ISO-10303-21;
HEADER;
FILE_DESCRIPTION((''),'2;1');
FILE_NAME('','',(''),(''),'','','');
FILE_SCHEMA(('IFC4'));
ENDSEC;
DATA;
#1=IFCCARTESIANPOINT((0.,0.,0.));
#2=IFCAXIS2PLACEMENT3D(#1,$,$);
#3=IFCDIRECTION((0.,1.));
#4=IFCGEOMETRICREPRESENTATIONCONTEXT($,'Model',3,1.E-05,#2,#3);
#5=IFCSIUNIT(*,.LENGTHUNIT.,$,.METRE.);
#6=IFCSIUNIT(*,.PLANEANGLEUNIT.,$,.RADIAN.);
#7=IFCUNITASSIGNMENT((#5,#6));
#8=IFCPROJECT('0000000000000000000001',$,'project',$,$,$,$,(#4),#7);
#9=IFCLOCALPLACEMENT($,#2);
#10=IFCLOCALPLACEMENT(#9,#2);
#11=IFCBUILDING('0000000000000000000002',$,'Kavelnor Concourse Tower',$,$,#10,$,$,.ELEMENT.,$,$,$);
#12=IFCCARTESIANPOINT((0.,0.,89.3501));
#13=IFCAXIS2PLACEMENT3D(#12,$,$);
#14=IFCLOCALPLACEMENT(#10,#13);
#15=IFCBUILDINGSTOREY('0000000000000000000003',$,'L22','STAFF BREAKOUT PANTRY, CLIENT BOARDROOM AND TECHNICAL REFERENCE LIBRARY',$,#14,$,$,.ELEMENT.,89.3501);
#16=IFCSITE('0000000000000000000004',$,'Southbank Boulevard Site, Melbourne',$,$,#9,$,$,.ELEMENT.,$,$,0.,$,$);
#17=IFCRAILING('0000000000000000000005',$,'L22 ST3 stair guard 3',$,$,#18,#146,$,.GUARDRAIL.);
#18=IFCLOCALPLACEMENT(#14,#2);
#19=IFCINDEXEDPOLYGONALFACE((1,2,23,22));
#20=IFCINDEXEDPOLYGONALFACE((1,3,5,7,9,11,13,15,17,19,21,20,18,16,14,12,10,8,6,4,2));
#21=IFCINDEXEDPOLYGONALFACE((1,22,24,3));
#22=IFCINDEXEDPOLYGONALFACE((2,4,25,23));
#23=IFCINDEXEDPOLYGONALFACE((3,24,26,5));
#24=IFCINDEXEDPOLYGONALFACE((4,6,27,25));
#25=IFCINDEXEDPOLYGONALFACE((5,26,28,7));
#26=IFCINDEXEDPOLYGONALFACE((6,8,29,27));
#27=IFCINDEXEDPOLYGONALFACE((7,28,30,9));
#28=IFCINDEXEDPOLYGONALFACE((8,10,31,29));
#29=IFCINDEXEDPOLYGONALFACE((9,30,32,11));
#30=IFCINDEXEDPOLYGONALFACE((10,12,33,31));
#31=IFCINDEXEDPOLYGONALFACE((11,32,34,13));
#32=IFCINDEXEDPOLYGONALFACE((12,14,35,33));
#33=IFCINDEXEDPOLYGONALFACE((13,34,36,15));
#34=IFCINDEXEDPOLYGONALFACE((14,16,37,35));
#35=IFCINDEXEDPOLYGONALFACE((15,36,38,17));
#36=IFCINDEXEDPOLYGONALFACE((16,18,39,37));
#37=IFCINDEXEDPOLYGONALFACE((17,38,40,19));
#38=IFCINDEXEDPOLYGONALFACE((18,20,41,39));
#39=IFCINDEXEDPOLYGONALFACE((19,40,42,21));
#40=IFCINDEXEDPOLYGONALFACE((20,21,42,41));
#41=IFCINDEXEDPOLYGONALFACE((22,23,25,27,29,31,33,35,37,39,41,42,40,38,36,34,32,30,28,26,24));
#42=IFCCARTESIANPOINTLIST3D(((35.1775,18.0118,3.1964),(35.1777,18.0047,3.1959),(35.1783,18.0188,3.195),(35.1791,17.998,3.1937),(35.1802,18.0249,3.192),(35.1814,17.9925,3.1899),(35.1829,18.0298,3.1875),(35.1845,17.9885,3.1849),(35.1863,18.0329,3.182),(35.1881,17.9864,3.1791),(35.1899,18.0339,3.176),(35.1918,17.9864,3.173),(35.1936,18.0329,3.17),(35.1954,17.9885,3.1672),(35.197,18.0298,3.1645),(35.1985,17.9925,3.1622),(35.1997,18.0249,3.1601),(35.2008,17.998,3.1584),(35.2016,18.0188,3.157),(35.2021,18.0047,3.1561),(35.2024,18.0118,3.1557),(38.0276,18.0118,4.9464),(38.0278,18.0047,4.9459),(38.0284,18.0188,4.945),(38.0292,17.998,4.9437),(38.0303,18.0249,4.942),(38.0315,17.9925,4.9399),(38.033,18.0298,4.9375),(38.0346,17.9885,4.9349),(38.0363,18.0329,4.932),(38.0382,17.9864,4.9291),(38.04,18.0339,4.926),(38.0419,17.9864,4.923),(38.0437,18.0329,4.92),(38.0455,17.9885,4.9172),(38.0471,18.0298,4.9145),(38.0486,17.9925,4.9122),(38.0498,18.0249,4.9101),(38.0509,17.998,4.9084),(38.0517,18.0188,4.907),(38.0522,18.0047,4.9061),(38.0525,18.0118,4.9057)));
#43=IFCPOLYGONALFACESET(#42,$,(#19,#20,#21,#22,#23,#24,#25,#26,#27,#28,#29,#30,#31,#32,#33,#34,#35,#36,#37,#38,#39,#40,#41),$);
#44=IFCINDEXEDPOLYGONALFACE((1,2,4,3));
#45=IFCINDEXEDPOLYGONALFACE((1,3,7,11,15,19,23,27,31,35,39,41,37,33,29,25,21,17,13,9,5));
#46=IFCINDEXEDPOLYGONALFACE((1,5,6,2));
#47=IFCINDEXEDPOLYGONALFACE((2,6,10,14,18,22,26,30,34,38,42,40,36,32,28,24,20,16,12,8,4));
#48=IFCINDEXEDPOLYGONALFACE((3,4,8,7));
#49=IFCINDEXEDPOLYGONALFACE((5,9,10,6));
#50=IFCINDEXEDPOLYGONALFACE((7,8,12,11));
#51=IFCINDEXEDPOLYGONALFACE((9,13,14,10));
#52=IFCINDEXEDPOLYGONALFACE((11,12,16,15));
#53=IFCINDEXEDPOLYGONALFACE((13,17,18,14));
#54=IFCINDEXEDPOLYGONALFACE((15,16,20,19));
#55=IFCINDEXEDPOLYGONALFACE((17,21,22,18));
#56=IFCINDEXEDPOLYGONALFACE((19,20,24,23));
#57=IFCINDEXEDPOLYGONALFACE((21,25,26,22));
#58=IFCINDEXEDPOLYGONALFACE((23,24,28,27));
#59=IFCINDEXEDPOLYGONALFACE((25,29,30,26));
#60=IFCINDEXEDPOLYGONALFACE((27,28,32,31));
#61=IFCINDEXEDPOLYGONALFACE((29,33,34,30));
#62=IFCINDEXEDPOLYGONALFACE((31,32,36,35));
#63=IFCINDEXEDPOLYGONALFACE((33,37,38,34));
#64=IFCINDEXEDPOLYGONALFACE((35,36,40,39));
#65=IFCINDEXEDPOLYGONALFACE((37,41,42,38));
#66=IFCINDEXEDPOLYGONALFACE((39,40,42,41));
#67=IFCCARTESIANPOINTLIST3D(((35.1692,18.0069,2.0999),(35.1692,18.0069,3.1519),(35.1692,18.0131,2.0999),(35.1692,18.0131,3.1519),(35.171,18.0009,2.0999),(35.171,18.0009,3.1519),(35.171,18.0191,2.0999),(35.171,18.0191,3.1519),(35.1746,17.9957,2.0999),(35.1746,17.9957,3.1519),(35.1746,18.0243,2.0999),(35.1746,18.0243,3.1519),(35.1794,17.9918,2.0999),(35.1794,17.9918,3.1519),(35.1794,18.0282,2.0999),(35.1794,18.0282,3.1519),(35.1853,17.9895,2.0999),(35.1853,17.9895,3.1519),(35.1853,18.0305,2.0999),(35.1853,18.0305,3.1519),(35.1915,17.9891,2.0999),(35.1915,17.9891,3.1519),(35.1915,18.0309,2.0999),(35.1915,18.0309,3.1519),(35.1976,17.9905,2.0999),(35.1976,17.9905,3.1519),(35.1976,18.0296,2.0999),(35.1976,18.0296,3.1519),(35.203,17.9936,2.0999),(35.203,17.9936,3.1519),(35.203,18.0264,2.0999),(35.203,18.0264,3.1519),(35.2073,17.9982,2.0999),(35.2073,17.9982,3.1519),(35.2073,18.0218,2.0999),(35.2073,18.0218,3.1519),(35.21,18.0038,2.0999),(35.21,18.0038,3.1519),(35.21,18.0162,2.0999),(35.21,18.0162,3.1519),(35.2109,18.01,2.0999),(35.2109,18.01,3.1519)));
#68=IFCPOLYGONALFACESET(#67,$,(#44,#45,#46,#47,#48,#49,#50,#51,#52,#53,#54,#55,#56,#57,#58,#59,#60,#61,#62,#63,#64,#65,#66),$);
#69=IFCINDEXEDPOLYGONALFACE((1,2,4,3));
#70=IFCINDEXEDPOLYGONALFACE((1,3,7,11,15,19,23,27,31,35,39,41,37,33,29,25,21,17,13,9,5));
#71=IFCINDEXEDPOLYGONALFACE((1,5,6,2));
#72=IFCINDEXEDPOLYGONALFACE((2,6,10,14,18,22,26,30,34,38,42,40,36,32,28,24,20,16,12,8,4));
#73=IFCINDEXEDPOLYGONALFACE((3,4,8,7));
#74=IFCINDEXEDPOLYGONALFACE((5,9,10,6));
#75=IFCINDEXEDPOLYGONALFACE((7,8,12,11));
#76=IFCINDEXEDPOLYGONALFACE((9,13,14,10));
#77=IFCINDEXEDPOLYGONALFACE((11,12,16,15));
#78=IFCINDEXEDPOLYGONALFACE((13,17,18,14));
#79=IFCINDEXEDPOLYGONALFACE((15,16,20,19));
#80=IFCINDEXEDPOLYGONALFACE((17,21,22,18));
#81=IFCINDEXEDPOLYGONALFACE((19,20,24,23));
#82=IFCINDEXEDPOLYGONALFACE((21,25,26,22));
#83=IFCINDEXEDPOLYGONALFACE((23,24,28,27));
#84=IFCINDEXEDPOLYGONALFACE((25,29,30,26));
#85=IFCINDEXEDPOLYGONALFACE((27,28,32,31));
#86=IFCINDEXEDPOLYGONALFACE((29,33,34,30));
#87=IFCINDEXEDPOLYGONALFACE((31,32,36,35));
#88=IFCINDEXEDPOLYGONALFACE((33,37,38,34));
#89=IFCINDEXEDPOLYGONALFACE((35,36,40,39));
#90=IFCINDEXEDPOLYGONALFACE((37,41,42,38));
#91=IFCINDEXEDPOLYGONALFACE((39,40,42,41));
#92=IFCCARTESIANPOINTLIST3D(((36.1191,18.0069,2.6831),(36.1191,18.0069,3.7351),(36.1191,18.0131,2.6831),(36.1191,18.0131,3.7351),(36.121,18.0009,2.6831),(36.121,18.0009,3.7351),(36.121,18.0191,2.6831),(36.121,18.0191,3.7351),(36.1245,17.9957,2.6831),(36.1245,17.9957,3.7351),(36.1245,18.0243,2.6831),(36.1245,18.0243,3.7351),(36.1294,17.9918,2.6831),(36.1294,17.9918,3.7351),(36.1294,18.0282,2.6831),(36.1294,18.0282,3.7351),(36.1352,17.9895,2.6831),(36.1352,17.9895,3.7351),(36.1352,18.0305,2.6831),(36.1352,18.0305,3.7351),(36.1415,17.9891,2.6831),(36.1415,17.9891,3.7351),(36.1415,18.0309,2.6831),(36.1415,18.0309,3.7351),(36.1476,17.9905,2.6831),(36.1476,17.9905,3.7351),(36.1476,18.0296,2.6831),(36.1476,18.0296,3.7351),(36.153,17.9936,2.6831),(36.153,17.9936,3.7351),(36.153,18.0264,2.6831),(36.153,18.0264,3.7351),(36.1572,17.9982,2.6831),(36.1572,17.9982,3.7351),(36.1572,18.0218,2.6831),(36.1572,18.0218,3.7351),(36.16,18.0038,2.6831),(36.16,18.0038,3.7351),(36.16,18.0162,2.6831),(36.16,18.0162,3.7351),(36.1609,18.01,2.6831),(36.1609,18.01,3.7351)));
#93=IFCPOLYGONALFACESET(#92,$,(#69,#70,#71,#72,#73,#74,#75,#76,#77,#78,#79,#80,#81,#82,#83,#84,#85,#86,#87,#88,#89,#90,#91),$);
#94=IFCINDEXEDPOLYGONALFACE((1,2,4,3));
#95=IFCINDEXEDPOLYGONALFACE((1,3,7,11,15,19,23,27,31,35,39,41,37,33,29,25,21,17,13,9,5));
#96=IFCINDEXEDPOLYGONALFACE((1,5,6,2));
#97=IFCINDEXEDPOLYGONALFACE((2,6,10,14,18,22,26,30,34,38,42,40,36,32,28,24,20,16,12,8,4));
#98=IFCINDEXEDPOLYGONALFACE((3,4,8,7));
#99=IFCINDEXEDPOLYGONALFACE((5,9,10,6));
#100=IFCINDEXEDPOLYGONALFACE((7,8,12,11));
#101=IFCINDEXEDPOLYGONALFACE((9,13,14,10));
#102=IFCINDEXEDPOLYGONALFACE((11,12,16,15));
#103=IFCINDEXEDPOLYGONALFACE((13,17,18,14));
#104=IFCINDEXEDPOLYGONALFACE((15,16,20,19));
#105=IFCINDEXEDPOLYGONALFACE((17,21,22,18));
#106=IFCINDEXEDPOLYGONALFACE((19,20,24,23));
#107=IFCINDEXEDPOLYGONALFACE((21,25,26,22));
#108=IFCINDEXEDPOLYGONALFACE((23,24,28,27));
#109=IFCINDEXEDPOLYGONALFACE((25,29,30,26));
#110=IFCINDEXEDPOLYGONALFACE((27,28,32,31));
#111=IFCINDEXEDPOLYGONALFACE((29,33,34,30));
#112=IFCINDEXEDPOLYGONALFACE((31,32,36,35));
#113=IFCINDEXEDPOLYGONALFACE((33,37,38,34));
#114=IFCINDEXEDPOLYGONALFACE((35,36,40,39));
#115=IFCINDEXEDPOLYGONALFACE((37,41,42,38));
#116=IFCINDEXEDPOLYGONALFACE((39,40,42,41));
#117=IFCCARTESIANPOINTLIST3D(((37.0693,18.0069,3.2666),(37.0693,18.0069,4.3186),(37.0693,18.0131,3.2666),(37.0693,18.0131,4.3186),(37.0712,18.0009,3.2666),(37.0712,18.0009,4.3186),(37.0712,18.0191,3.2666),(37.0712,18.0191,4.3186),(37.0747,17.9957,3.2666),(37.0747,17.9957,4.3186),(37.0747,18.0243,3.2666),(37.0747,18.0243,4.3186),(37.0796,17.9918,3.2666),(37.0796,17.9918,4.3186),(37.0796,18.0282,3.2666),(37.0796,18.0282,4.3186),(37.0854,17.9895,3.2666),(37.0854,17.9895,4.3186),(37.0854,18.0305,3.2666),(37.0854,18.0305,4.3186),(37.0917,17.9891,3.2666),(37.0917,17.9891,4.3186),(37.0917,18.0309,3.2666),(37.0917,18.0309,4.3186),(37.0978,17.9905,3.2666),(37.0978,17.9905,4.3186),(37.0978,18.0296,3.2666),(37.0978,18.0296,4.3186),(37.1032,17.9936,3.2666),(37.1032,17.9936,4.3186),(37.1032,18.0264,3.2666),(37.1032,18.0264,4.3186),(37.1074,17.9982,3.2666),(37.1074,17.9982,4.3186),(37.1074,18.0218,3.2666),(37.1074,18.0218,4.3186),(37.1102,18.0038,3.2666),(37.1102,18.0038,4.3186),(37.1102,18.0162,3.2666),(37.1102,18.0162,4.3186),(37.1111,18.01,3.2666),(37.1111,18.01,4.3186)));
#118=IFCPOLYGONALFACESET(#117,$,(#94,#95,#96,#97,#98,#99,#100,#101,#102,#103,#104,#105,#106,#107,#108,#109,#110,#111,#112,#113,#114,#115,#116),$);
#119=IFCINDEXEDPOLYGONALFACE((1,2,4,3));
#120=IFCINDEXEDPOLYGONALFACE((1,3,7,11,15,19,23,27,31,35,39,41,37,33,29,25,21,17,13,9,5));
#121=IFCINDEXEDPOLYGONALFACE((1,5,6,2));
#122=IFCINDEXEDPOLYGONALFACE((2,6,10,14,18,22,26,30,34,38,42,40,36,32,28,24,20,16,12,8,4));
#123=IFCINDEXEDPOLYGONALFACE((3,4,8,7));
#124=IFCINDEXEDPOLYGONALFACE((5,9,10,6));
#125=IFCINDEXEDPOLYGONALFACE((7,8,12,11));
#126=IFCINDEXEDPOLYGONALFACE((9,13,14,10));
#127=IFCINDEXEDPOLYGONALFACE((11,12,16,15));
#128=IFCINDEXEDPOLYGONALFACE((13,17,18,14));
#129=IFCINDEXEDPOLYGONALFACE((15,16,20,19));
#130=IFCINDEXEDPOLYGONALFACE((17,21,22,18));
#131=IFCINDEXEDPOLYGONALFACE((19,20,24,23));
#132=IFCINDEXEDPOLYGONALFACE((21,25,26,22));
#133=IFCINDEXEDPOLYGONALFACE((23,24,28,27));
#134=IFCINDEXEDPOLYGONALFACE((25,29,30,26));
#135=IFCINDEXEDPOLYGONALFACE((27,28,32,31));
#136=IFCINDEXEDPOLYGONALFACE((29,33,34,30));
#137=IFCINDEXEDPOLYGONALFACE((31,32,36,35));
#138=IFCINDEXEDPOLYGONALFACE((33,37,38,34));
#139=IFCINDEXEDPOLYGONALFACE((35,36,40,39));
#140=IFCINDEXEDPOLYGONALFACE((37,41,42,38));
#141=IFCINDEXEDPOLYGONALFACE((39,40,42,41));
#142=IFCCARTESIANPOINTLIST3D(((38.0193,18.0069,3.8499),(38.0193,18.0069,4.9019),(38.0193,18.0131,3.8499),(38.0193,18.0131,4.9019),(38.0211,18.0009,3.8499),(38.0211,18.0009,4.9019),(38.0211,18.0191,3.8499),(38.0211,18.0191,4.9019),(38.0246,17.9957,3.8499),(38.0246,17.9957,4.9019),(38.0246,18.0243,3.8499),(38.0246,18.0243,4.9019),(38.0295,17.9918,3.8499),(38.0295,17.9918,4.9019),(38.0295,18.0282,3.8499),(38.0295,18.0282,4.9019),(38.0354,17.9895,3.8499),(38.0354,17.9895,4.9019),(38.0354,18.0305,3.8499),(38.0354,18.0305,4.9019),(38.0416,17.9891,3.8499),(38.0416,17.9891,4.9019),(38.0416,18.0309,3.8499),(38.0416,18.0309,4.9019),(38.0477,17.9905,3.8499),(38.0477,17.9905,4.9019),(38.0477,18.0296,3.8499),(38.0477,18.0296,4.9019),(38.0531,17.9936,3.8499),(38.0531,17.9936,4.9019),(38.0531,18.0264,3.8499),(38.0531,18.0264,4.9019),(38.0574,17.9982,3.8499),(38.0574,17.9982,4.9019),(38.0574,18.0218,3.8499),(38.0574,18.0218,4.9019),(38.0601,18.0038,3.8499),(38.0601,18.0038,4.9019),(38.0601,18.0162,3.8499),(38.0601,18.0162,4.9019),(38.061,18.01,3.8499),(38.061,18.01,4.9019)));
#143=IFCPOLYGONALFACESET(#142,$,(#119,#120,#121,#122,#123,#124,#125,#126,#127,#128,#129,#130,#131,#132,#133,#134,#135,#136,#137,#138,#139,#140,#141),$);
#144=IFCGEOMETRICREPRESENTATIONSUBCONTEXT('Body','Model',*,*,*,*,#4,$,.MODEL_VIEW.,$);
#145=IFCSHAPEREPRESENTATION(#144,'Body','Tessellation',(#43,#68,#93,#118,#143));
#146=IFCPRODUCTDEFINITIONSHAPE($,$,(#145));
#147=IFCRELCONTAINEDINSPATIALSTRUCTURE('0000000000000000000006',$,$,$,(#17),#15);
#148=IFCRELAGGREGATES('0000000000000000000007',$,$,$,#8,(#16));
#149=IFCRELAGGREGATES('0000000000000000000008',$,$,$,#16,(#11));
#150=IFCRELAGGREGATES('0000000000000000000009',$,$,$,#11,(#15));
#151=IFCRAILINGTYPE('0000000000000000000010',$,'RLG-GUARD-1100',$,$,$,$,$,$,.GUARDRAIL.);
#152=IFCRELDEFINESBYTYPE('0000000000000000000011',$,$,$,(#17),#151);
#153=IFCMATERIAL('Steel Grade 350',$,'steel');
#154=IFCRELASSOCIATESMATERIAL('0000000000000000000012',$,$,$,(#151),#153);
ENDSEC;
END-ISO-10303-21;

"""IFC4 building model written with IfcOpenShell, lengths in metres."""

from ifc_helpers import new_model, si_unit, direction, frame, origin, origin_2d, place, context, subcontext, project, spatial, circle, extrude, material, type_object, element, save


model = new_model("IFC4")

# Units and contexts
model_context = context("Model", 3, precision=1e-05, world=origin(), true_north=direction((0.0, 1.0)))
body_context = subcontext(model_context, "Body", "Model", "MODEL_VIEW")
ifc_project = project(units=[si_unit("LENGTHUNIT", "METRE"), si_unit("PLANEANGLEUNIT", "RADIAN")], contexts=[model_context])

# Site, building, storey
site_placement = place(None, origin())
site = spatial("IfcSite", under=ifc_project, at=site_placement, Name="Southbank Boulevard Site, Melbourne", CompositionType="ELEMENT", RefElevation=0.0)
building_placement = place(site_placement, origin())
building = spatial("IfcBuilding", under=site, at=building_placement, Name="Kavelnor Concourse Tower", CompositionType="ELEMENT")
storey_placement = place(building_placement, frame((0.0, 0.0, 89.3501)))
storey = spatial("IfcBuildingStorey", under=building, at=storey_placement, Name="L22", Description="STAFF BREAKOUT PANTRY, CLIENT BOARDROOM AND TECHNICAL REFERENCE LIBRARY", CompositionType="ELEMENT", Elevation=89.3501)

# Shared definitions
ifc_material_1 = material(Name="Steel Grade 350", Category="steel")

# Railing
railing_type_1 = type_object("IfcRailingType", Name="RLG-GUARD-1100", PredefinedType="GUARDRAIL", material=ifc_material_1)
railing_1_placement = place(storey_placement, frame((35.1899, 18.01, 2.0999)))
element("IfcRailing", 1, at=railing_1_placement, inside=storey, type_object=railing_type_1, Name="L22 ST3 stair guard 3", PredefinedType="GUARDRAIL", context=body_context, shape_type="SweptSolid", body=[
    extrude(circle(Radius=0.0239, at=origin_2d()), frame((0.0, 0.0, 1.0762), z_axis=(0.852179, 0.0, 0.52325), x_axis=(0.0, 1.0, 0.0)), (0.0, 0.0, 1.0), 3.3445),
    extrude(circle(Radius=0.021, at=origin_2d()), origin(), (0.0, 0.0, 1.0), 1.052),
    extrude(circle(Radius=0.021, at=origin_2d()), frame((0.95, 0.0, 0.5833)), (0.0, 0.0, 1.0), 1.052),
    extrude(circle(Radius=0.021, at=origin_2d()), frame((1.9001, 0.0, 1.1667)), (0.0, 0.0, 1.0), 1.052),
    extrude(circle(Radius=0.021, at=origin_2d()), frame((2.8501, 0.0, 1.75)), (0.0, 0.0, 1.0), 1.052),
])

save(model, "model.ifc")
